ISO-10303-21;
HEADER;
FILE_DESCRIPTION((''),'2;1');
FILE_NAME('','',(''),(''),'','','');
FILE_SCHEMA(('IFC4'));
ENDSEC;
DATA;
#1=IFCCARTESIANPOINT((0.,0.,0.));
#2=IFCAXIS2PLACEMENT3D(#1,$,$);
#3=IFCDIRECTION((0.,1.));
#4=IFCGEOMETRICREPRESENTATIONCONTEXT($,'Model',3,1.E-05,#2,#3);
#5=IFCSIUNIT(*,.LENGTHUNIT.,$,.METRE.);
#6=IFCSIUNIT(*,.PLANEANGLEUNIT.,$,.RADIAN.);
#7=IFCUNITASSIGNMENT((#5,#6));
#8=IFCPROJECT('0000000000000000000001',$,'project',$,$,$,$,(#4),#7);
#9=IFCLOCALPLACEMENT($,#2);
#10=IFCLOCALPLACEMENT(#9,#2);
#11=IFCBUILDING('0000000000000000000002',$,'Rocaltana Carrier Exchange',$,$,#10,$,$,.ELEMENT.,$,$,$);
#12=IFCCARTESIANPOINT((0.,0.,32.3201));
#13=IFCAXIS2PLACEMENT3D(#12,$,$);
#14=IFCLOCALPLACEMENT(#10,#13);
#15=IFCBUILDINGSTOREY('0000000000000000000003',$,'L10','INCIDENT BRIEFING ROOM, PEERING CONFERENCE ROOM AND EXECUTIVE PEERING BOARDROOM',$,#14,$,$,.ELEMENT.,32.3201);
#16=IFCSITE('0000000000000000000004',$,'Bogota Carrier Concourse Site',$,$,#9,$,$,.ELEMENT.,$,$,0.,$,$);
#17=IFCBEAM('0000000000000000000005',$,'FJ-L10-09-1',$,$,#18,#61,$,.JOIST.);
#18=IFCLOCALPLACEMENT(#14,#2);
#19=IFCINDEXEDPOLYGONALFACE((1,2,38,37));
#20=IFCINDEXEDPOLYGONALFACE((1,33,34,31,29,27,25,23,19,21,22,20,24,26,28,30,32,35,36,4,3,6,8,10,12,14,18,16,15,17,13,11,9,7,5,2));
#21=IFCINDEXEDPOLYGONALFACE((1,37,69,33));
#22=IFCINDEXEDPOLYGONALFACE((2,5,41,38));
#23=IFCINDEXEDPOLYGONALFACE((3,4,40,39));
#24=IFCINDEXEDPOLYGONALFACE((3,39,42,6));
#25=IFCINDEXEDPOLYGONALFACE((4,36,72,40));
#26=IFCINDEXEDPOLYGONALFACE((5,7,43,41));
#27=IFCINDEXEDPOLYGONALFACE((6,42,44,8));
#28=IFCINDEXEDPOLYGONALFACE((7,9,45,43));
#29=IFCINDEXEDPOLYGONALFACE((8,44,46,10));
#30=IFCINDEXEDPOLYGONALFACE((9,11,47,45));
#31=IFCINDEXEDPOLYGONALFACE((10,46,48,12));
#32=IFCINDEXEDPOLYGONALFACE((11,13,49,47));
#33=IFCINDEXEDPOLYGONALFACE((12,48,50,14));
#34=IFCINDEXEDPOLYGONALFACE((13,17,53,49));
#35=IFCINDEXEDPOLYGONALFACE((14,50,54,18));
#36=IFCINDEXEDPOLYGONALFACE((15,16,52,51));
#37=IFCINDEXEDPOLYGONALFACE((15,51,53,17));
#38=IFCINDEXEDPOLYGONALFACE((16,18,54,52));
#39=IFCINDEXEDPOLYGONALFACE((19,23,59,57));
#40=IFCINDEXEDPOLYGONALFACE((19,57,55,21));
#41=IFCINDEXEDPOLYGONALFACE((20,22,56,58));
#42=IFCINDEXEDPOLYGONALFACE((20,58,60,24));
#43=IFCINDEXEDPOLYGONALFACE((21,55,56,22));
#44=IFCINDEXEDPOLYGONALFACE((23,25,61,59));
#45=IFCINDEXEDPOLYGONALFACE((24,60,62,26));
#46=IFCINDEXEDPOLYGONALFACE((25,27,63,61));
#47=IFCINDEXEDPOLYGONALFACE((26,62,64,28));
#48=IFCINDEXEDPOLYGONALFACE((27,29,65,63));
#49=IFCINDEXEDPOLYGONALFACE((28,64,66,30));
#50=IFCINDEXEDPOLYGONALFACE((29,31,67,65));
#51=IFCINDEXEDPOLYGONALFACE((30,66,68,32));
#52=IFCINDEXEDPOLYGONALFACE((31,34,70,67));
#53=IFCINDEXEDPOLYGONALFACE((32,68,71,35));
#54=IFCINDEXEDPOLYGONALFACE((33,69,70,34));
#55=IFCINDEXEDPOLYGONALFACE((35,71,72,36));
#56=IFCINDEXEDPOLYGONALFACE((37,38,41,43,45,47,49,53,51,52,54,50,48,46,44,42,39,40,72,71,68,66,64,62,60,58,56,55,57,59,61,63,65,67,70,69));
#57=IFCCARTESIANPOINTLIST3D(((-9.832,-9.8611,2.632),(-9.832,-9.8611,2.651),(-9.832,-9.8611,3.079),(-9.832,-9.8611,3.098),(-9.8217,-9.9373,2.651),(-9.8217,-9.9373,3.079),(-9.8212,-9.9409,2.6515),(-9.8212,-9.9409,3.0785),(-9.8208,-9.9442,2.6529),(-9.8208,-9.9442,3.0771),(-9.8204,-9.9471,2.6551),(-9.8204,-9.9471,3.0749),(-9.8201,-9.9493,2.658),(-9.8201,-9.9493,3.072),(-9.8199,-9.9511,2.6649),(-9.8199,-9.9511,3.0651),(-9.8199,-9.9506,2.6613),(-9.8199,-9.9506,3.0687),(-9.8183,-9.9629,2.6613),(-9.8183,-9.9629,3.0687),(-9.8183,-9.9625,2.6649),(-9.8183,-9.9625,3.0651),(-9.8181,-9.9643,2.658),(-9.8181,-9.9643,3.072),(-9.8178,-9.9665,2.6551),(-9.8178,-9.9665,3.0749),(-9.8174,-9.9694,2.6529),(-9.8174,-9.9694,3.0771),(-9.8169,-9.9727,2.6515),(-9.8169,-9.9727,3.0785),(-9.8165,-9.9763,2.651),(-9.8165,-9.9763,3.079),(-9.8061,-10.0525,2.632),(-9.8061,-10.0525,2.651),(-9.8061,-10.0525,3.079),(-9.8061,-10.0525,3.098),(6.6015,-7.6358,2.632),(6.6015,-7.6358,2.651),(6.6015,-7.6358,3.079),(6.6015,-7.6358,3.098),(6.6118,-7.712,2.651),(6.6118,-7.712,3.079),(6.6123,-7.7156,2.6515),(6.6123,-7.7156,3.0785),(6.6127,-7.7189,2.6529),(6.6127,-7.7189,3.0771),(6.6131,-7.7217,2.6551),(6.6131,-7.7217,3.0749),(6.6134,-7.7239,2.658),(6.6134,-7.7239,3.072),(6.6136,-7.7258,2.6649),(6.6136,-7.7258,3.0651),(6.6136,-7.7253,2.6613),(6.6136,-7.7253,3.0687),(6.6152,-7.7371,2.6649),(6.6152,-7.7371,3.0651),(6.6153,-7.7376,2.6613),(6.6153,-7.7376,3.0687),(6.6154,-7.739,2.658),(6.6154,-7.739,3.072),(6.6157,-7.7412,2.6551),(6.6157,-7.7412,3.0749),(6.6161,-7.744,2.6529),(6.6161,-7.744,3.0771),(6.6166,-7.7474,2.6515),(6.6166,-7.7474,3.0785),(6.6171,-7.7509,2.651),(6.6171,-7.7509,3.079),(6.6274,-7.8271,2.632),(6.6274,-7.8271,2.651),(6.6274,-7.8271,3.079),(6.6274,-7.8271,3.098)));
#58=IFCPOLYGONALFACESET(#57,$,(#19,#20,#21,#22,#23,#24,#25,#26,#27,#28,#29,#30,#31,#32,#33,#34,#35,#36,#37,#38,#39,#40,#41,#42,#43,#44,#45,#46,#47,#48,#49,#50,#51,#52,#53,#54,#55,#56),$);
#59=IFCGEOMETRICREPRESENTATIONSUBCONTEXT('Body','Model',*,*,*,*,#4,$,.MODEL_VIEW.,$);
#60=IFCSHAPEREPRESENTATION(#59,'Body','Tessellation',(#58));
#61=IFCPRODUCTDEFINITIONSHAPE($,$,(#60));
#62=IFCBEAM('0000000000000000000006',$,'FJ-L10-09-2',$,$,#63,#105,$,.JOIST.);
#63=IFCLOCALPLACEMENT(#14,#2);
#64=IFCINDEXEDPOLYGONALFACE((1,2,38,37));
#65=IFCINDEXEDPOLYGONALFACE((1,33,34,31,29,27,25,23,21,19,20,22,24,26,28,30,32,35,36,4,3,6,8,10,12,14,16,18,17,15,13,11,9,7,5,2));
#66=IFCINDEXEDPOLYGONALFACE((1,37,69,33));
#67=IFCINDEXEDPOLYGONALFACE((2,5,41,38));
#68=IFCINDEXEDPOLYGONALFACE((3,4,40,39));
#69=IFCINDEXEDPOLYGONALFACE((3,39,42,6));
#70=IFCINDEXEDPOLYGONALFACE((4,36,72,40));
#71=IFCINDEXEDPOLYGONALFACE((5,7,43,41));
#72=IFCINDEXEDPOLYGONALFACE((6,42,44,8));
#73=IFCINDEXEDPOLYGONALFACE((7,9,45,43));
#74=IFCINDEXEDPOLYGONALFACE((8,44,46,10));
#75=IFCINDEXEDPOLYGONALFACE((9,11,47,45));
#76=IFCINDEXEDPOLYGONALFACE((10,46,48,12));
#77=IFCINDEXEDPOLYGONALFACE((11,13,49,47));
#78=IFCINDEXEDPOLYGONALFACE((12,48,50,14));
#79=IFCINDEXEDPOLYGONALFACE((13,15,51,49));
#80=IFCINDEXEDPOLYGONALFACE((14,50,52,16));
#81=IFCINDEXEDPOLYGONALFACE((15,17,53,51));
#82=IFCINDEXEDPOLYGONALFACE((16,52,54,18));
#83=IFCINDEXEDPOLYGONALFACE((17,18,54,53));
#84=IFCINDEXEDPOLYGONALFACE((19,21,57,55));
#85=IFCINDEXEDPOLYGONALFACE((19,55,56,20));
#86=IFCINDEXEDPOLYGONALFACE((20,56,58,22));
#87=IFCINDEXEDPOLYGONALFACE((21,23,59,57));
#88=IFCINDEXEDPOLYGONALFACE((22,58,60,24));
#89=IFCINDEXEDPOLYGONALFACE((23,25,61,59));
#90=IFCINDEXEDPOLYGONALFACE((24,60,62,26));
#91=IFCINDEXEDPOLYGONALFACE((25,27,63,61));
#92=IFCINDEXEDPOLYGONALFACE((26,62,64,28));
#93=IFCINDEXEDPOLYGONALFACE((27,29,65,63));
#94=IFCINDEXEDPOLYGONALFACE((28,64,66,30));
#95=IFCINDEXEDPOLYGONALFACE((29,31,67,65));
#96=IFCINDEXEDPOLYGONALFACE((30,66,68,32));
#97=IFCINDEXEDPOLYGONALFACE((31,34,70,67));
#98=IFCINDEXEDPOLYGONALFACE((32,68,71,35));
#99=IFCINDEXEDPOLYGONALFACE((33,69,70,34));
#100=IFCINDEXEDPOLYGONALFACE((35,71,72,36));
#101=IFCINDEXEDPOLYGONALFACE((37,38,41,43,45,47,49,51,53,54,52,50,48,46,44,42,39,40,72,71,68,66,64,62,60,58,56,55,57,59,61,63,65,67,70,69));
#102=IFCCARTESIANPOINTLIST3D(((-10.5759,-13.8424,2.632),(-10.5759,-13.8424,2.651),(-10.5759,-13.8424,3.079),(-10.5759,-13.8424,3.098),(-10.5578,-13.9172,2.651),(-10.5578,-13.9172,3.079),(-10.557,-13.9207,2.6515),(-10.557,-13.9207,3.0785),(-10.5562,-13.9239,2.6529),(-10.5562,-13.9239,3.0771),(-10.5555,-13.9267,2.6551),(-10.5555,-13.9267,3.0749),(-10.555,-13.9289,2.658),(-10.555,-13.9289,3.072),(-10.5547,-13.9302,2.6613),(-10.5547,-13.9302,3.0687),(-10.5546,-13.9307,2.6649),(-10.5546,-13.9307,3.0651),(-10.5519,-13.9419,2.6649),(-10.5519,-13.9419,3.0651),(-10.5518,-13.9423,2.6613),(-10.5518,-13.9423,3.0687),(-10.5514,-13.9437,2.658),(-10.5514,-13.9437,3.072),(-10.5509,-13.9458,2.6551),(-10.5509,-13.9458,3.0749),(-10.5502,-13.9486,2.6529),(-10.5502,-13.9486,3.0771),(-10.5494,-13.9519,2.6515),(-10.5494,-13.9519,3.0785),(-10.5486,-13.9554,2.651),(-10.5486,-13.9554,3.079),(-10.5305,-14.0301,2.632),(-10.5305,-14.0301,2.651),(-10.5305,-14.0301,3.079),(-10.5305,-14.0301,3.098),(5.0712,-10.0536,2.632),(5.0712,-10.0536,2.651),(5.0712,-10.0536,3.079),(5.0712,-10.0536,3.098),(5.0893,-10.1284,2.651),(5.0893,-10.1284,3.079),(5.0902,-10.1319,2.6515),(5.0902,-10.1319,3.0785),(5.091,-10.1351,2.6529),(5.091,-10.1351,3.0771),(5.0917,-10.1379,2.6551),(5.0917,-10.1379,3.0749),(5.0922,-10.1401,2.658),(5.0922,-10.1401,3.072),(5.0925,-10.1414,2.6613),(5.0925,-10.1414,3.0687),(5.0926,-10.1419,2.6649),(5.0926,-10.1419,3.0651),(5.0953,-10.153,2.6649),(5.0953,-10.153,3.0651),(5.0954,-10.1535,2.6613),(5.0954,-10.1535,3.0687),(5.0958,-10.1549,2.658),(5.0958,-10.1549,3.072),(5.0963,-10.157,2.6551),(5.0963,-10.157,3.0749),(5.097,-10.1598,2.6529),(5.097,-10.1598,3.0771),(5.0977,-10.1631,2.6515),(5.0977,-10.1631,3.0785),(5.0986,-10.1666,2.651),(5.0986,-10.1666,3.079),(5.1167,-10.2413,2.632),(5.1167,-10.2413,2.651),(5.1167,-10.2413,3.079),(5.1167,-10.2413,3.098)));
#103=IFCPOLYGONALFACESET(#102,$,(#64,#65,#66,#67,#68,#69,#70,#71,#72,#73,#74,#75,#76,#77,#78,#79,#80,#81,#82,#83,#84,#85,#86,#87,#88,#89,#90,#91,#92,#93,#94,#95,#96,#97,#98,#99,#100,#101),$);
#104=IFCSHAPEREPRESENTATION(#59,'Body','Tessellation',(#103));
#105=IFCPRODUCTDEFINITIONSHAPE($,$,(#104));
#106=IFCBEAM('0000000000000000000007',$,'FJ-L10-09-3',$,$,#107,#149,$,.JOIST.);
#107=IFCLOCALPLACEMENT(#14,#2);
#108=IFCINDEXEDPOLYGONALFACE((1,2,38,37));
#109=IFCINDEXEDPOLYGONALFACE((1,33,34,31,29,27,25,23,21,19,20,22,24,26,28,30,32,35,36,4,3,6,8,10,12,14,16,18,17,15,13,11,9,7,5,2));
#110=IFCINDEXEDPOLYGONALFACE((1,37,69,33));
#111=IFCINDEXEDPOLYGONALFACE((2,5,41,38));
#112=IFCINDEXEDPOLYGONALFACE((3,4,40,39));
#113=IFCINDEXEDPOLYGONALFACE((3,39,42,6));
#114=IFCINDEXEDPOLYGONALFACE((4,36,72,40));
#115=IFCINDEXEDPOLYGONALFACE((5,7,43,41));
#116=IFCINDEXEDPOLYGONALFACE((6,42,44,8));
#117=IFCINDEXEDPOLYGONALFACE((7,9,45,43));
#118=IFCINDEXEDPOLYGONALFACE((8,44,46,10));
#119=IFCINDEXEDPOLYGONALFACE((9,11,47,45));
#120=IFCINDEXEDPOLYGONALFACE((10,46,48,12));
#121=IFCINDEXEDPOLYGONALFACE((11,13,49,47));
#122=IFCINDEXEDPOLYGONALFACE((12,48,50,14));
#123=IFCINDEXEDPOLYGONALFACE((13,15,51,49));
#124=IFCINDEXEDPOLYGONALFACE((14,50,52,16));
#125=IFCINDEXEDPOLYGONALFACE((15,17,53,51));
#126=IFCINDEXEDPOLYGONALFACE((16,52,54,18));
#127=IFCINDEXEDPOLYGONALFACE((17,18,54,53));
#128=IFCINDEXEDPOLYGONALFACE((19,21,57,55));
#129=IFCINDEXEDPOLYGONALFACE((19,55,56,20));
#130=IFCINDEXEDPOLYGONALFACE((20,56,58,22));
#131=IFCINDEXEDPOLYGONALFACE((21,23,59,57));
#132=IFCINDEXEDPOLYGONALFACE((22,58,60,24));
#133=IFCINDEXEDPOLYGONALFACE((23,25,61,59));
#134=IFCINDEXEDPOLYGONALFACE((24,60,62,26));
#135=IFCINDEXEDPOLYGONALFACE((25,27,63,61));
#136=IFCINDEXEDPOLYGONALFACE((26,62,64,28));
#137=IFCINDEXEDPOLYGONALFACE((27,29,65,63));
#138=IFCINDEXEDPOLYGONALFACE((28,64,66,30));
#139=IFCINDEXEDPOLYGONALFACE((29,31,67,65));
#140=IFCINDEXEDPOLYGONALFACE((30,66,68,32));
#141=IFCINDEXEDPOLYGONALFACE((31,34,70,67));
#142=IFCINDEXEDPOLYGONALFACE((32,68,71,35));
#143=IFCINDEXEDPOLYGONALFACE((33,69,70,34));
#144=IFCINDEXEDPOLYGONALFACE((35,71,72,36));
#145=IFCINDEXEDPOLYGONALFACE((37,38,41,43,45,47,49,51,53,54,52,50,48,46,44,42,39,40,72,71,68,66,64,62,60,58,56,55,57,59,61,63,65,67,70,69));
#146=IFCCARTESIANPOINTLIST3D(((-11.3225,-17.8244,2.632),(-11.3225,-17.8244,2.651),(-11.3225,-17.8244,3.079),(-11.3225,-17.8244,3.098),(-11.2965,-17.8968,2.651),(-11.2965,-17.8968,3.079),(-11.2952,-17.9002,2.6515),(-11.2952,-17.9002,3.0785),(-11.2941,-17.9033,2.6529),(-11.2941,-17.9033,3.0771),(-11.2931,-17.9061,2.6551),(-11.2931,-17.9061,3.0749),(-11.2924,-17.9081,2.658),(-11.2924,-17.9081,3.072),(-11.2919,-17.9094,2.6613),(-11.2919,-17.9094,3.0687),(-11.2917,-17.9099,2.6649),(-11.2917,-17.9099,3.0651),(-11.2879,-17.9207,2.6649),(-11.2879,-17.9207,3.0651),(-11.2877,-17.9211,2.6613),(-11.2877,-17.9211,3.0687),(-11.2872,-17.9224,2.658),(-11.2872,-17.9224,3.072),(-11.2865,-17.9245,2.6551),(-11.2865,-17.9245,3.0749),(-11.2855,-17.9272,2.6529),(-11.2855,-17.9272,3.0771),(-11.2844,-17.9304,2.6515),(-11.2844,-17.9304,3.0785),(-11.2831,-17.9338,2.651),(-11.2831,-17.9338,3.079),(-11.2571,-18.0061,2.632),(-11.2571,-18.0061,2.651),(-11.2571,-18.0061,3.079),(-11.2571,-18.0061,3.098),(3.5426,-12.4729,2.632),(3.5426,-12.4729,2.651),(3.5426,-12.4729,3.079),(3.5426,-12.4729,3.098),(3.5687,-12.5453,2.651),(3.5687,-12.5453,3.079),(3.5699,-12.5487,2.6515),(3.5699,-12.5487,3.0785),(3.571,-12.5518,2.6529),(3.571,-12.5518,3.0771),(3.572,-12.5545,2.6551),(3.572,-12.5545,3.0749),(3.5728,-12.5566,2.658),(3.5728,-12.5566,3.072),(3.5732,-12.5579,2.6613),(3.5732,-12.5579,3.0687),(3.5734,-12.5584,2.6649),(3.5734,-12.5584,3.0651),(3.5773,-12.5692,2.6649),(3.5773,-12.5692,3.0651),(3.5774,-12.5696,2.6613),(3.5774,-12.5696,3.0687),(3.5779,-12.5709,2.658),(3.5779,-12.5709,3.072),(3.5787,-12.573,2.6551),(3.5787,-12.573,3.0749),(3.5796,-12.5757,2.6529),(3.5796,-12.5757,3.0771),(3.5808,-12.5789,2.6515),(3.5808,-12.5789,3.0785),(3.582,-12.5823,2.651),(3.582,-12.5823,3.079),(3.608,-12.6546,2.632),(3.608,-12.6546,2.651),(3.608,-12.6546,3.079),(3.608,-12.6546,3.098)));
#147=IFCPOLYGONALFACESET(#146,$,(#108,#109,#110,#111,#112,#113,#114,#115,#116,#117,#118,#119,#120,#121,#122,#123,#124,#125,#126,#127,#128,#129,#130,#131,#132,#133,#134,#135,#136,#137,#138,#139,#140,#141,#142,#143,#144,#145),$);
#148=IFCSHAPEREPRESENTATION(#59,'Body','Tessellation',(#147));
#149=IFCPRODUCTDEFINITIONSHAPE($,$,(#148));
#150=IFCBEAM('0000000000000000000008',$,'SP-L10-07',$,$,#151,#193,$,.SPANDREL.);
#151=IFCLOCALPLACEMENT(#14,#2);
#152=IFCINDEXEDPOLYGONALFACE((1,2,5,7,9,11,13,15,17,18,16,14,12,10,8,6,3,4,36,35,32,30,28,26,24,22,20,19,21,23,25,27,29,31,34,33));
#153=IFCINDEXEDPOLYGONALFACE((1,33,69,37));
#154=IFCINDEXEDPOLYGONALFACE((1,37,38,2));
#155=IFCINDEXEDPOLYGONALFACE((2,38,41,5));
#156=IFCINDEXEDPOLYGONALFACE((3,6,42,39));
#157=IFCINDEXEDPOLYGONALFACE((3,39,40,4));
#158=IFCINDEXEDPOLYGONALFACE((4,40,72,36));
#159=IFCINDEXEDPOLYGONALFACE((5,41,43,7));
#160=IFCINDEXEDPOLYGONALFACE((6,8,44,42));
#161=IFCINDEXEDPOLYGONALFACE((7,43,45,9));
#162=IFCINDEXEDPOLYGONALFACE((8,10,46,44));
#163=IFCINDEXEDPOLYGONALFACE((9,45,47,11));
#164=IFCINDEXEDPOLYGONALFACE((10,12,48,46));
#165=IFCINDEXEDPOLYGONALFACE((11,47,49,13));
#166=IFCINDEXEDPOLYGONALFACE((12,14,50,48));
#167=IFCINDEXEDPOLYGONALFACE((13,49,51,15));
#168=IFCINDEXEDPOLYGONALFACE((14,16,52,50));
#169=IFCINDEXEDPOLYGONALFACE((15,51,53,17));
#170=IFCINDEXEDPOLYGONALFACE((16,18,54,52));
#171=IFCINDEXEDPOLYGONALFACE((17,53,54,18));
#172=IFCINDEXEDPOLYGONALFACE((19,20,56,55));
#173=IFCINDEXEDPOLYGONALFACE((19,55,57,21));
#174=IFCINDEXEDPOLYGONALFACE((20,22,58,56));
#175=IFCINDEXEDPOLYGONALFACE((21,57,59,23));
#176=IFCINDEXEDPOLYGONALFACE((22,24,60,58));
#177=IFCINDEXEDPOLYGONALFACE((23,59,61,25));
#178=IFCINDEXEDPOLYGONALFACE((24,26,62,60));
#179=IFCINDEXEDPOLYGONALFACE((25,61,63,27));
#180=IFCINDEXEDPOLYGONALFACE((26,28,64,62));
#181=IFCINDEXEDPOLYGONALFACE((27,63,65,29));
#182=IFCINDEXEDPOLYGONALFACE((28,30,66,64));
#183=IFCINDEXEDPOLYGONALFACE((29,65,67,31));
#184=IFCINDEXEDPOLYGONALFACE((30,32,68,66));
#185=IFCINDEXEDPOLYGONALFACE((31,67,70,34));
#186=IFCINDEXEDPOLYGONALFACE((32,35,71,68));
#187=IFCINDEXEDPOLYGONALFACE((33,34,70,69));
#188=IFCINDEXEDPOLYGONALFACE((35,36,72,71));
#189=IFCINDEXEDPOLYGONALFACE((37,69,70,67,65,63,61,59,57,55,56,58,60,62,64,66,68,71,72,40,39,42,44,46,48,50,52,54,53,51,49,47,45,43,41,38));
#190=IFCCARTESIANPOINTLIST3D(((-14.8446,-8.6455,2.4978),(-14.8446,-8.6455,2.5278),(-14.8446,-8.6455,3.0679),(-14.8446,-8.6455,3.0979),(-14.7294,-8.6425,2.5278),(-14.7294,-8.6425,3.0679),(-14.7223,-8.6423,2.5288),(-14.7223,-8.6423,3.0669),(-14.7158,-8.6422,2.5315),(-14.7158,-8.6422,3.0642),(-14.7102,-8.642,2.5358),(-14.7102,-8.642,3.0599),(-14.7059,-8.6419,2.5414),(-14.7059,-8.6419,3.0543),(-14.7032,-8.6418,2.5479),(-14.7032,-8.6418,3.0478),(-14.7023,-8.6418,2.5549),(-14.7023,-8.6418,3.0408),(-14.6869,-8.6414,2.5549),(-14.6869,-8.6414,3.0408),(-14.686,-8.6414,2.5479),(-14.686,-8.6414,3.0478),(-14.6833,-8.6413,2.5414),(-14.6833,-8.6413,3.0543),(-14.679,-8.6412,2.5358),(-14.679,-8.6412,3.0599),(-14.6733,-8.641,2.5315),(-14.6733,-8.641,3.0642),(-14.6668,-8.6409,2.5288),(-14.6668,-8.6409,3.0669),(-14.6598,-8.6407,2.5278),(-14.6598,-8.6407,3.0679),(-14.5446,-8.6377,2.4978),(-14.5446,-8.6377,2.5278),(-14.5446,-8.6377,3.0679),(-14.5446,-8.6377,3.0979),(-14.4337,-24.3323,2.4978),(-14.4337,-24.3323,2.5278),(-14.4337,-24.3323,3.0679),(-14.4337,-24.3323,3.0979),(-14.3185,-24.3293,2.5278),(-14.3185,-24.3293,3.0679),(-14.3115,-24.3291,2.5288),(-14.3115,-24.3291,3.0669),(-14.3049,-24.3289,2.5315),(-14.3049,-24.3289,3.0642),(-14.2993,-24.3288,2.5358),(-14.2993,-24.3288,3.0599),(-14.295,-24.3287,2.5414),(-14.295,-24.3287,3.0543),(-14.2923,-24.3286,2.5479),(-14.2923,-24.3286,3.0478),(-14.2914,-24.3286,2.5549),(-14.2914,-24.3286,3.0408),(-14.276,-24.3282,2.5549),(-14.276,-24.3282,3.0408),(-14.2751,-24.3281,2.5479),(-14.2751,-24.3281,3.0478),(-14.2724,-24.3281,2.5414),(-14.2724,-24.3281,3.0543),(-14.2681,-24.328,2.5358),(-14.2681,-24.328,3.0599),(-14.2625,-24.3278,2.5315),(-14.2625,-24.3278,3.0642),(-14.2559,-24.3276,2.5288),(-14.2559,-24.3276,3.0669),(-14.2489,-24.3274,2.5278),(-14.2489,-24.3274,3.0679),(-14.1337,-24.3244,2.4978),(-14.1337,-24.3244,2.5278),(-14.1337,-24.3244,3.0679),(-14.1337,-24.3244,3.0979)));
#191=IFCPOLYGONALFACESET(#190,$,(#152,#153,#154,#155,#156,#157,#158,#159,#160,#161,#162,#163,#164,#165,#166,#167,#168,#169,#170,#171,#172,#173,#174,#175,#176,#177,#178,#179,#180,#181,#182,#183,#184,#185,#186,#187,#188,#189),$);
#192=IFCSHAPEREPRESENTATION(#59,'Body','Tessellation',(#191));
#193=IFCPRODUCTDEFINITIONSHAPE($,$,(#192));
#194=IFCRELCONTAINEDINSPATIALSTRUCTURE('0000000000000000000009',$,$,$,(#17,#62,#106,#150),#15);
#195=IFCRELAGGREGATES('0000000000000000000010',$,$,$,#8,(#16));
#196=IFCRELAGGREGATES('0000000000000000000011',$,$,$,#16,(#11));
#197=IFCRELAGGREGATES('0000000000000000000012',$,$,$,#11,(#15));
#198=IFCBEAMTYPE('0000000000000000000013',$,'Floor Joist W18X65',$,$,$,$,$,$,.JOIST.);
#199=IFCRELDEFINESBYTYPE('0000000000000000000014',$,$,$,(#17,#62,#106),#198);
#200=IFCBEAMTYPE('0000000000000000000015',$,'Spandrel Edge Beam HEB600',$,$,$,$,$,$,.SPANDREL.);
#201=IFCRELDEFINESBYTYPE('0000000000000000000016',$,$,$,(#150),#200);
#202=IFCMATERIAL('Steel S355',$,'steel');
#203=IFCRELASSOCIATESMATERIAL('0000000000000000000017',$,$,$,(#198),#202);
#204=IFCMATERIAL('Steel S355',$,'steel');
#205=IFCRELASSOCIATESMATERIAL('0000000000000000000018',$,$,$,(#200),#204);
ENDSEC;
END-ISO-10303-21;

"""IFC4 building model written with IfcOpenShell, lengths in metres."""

from ifc_helpers import new_model, si_unit, direction, frame, origin, origin_2d, place, context, subcontext, project, spatial, i_section, extrude, material, material_profile, profile_set, type_object, element, save


model = new_model("IFC4")

# Units and contexts
model_context = context("Model", 3, precision=1e-05, world=origin(), true_north=direction((0.0, 1.0)))
body_context = subcontext(model_context, "Body", "Model", "MODEL_VIEW")
ifc_project = project(units=[si_unit("LENGTHUNIT", "METRE"), si_unit("PLANEANGLEUNIT", "RADIAN")], contexts=[model_context])

# Site, building, storey
site_placement = place(None, origin())
site = spatial("IfcSite", under=ifc_project, at=site_placement, Name="Bogota Carrier Concourse Site", CompositionType="ELEMENT", RefElevation=0.0)
building_placement = place(site_placement, origin())
building = spatial("IfcBuilding", under=site, at=building_placement, Name="Rocaltana Carrier Exchange", CompositionType="ELEMENT")
storey_placement = place(building_placement, frame((0.0, 0.0, 32.3201)))
storey = spatial("IfcBuildingStorey", under=building, at=storey_placement, Name="L10", Description="INCIDENT BRIEFING ROOM, PEERING CONFERENCE ROOM AND EXECUTIVE PEERING BOARDROOM", CompositionType="ELEMENT", Elevation=32.3201)

# Beams
ifc_material_1 = material(Name="Steel S355", Category="steel")
ifc_material_profile_1 = material_profile(ifc_material_1, i_section(OverallWidth=0.1931, OverallDepth=0.4661, WebThickness=0.0115, FlangeThickness=0.019, FilletRadius=0.0139, at=origin_2d()), Name="W18X65")
ifc_profile_set_1 = profile_set([ifc_material_profile_1], Name="Steel S355")
beam_type_1 = type_object("IfcBeamType", Name="Floor Joist W18X65", PredefinedType="JOIST", material=ifc_profile_set_1)
beam_1_placement = place(storey_placement, frame((-9.8191, -9.9568, 2.865), z_axis=(0.990956, 0.134189, 0.0), x_axis=(-0.134189, 0.990956, 0.0)))
element("IfcBeam", 1, at=beam_1_placement, inside=storey, type_object=beam_type_1, Name="FJ-L10-09-1", PredefinedType="JOIST", context=body_context, shape_type="SweptSolid", body=[
    extrude(i_section(OverallWidth=0.1931, OverallDepth=0.4661, WebThickness=0.0115, FlangeThickness=0.019, FilletRadius=0.0139, at=origin_2d()), origin(), (0.0, 0.0, 1.0), 16.5835),
])
beam_2_placement = place(storey_placement, frame((-10.5532, -13.9363, 2.865), z_axis=(0.971913, 0.235339, 0.0), x_axis=(-0.235339, 0.971913, 0.0)))
element("IfcBeam", 2, at=beam_2_placement, inside=storey, type_object=beam_type_1, Name="FJ-L10-09-2", PredefinedType="JOIST", context=body_context, shape_type="SweptSolid", body=[
    extrude(i_section(OverallWidth=0.1931, OverallDepth=0.4661, WebThickness=0.0115, FlangeThickness=0.019, FilletRadius=0.0139, at=origin_2d()), origin(), (0.0, 0.0, 1.0), 16.0994),
])
beam_3_placement = place(storey_placement, frame((-11.2898, -17.9153, 2.865), z_axis=(0.940886, 0.338724, 0.0), x_axis=(-0.338724, 0.940886, 0.0)))
element("IfcBeam", 3, at=beam_3_placement, inside=storey, type_object=beam_type_1, Name="FJ-L10-09-3", PredefinedType="JOIST", context=body_context, shape_type="SweptSolid", body=[
    extrude(i_section(OverallWidth=0.1931, OverallDepth=0.4661, WebThickness=0.0115, FlangeThickness=0.019, FilletRadius=0.0139, at=origin_2d()), origin(), (0.0, 0.0, 1.0), 15.7991),
])
ifc_material_2 = material(Name="Steel S355", Category="steel")
ifc_material_profile_2 = material_profile(ifc_material_2, i_section(OverallWidth=0.3, OverallDepth=0.6001, WebThickness=0.0154, FlangeThickness=0.03, FilletRadius=0.0271, at=origin_2d()), Name="HEB600")
ifc_profile_set_2 = profile_set([ifc_material_profile_2], Name="Steel S355")
beam_type_2 = type_object("IfcBeamType", Name="Spandrel Edge Beam HEB600", PredefinedType="SPANDREL", material=ifc_profile_set_2)
beam_4_placement = place(storey_placement, frame((-14.6946, -8.6416, 2.7979), z_axis=(0.026184, -0.999657, 0.0), x_axis=(0.999657, 0.026184, 0.0)))
element("IfcBeam", 4, at=beam_4_placement, inside=storey, type_object=beam_type_2, Name="SP-L10-07", PredefinedType="SPANDREL", context=body_context, shape_type="SweptSolid", body=[
    extrude(i_section(OverallWidth=0.3, OverallDepth=0.6001, WebThickness=0.0154, FlangeThickness=0.03, FilletRadius=0.0271, at=origin_2d()), origin(), (0.0, 0.0, 1.0), 15.6921),
])

save(model, "model.ifc")
